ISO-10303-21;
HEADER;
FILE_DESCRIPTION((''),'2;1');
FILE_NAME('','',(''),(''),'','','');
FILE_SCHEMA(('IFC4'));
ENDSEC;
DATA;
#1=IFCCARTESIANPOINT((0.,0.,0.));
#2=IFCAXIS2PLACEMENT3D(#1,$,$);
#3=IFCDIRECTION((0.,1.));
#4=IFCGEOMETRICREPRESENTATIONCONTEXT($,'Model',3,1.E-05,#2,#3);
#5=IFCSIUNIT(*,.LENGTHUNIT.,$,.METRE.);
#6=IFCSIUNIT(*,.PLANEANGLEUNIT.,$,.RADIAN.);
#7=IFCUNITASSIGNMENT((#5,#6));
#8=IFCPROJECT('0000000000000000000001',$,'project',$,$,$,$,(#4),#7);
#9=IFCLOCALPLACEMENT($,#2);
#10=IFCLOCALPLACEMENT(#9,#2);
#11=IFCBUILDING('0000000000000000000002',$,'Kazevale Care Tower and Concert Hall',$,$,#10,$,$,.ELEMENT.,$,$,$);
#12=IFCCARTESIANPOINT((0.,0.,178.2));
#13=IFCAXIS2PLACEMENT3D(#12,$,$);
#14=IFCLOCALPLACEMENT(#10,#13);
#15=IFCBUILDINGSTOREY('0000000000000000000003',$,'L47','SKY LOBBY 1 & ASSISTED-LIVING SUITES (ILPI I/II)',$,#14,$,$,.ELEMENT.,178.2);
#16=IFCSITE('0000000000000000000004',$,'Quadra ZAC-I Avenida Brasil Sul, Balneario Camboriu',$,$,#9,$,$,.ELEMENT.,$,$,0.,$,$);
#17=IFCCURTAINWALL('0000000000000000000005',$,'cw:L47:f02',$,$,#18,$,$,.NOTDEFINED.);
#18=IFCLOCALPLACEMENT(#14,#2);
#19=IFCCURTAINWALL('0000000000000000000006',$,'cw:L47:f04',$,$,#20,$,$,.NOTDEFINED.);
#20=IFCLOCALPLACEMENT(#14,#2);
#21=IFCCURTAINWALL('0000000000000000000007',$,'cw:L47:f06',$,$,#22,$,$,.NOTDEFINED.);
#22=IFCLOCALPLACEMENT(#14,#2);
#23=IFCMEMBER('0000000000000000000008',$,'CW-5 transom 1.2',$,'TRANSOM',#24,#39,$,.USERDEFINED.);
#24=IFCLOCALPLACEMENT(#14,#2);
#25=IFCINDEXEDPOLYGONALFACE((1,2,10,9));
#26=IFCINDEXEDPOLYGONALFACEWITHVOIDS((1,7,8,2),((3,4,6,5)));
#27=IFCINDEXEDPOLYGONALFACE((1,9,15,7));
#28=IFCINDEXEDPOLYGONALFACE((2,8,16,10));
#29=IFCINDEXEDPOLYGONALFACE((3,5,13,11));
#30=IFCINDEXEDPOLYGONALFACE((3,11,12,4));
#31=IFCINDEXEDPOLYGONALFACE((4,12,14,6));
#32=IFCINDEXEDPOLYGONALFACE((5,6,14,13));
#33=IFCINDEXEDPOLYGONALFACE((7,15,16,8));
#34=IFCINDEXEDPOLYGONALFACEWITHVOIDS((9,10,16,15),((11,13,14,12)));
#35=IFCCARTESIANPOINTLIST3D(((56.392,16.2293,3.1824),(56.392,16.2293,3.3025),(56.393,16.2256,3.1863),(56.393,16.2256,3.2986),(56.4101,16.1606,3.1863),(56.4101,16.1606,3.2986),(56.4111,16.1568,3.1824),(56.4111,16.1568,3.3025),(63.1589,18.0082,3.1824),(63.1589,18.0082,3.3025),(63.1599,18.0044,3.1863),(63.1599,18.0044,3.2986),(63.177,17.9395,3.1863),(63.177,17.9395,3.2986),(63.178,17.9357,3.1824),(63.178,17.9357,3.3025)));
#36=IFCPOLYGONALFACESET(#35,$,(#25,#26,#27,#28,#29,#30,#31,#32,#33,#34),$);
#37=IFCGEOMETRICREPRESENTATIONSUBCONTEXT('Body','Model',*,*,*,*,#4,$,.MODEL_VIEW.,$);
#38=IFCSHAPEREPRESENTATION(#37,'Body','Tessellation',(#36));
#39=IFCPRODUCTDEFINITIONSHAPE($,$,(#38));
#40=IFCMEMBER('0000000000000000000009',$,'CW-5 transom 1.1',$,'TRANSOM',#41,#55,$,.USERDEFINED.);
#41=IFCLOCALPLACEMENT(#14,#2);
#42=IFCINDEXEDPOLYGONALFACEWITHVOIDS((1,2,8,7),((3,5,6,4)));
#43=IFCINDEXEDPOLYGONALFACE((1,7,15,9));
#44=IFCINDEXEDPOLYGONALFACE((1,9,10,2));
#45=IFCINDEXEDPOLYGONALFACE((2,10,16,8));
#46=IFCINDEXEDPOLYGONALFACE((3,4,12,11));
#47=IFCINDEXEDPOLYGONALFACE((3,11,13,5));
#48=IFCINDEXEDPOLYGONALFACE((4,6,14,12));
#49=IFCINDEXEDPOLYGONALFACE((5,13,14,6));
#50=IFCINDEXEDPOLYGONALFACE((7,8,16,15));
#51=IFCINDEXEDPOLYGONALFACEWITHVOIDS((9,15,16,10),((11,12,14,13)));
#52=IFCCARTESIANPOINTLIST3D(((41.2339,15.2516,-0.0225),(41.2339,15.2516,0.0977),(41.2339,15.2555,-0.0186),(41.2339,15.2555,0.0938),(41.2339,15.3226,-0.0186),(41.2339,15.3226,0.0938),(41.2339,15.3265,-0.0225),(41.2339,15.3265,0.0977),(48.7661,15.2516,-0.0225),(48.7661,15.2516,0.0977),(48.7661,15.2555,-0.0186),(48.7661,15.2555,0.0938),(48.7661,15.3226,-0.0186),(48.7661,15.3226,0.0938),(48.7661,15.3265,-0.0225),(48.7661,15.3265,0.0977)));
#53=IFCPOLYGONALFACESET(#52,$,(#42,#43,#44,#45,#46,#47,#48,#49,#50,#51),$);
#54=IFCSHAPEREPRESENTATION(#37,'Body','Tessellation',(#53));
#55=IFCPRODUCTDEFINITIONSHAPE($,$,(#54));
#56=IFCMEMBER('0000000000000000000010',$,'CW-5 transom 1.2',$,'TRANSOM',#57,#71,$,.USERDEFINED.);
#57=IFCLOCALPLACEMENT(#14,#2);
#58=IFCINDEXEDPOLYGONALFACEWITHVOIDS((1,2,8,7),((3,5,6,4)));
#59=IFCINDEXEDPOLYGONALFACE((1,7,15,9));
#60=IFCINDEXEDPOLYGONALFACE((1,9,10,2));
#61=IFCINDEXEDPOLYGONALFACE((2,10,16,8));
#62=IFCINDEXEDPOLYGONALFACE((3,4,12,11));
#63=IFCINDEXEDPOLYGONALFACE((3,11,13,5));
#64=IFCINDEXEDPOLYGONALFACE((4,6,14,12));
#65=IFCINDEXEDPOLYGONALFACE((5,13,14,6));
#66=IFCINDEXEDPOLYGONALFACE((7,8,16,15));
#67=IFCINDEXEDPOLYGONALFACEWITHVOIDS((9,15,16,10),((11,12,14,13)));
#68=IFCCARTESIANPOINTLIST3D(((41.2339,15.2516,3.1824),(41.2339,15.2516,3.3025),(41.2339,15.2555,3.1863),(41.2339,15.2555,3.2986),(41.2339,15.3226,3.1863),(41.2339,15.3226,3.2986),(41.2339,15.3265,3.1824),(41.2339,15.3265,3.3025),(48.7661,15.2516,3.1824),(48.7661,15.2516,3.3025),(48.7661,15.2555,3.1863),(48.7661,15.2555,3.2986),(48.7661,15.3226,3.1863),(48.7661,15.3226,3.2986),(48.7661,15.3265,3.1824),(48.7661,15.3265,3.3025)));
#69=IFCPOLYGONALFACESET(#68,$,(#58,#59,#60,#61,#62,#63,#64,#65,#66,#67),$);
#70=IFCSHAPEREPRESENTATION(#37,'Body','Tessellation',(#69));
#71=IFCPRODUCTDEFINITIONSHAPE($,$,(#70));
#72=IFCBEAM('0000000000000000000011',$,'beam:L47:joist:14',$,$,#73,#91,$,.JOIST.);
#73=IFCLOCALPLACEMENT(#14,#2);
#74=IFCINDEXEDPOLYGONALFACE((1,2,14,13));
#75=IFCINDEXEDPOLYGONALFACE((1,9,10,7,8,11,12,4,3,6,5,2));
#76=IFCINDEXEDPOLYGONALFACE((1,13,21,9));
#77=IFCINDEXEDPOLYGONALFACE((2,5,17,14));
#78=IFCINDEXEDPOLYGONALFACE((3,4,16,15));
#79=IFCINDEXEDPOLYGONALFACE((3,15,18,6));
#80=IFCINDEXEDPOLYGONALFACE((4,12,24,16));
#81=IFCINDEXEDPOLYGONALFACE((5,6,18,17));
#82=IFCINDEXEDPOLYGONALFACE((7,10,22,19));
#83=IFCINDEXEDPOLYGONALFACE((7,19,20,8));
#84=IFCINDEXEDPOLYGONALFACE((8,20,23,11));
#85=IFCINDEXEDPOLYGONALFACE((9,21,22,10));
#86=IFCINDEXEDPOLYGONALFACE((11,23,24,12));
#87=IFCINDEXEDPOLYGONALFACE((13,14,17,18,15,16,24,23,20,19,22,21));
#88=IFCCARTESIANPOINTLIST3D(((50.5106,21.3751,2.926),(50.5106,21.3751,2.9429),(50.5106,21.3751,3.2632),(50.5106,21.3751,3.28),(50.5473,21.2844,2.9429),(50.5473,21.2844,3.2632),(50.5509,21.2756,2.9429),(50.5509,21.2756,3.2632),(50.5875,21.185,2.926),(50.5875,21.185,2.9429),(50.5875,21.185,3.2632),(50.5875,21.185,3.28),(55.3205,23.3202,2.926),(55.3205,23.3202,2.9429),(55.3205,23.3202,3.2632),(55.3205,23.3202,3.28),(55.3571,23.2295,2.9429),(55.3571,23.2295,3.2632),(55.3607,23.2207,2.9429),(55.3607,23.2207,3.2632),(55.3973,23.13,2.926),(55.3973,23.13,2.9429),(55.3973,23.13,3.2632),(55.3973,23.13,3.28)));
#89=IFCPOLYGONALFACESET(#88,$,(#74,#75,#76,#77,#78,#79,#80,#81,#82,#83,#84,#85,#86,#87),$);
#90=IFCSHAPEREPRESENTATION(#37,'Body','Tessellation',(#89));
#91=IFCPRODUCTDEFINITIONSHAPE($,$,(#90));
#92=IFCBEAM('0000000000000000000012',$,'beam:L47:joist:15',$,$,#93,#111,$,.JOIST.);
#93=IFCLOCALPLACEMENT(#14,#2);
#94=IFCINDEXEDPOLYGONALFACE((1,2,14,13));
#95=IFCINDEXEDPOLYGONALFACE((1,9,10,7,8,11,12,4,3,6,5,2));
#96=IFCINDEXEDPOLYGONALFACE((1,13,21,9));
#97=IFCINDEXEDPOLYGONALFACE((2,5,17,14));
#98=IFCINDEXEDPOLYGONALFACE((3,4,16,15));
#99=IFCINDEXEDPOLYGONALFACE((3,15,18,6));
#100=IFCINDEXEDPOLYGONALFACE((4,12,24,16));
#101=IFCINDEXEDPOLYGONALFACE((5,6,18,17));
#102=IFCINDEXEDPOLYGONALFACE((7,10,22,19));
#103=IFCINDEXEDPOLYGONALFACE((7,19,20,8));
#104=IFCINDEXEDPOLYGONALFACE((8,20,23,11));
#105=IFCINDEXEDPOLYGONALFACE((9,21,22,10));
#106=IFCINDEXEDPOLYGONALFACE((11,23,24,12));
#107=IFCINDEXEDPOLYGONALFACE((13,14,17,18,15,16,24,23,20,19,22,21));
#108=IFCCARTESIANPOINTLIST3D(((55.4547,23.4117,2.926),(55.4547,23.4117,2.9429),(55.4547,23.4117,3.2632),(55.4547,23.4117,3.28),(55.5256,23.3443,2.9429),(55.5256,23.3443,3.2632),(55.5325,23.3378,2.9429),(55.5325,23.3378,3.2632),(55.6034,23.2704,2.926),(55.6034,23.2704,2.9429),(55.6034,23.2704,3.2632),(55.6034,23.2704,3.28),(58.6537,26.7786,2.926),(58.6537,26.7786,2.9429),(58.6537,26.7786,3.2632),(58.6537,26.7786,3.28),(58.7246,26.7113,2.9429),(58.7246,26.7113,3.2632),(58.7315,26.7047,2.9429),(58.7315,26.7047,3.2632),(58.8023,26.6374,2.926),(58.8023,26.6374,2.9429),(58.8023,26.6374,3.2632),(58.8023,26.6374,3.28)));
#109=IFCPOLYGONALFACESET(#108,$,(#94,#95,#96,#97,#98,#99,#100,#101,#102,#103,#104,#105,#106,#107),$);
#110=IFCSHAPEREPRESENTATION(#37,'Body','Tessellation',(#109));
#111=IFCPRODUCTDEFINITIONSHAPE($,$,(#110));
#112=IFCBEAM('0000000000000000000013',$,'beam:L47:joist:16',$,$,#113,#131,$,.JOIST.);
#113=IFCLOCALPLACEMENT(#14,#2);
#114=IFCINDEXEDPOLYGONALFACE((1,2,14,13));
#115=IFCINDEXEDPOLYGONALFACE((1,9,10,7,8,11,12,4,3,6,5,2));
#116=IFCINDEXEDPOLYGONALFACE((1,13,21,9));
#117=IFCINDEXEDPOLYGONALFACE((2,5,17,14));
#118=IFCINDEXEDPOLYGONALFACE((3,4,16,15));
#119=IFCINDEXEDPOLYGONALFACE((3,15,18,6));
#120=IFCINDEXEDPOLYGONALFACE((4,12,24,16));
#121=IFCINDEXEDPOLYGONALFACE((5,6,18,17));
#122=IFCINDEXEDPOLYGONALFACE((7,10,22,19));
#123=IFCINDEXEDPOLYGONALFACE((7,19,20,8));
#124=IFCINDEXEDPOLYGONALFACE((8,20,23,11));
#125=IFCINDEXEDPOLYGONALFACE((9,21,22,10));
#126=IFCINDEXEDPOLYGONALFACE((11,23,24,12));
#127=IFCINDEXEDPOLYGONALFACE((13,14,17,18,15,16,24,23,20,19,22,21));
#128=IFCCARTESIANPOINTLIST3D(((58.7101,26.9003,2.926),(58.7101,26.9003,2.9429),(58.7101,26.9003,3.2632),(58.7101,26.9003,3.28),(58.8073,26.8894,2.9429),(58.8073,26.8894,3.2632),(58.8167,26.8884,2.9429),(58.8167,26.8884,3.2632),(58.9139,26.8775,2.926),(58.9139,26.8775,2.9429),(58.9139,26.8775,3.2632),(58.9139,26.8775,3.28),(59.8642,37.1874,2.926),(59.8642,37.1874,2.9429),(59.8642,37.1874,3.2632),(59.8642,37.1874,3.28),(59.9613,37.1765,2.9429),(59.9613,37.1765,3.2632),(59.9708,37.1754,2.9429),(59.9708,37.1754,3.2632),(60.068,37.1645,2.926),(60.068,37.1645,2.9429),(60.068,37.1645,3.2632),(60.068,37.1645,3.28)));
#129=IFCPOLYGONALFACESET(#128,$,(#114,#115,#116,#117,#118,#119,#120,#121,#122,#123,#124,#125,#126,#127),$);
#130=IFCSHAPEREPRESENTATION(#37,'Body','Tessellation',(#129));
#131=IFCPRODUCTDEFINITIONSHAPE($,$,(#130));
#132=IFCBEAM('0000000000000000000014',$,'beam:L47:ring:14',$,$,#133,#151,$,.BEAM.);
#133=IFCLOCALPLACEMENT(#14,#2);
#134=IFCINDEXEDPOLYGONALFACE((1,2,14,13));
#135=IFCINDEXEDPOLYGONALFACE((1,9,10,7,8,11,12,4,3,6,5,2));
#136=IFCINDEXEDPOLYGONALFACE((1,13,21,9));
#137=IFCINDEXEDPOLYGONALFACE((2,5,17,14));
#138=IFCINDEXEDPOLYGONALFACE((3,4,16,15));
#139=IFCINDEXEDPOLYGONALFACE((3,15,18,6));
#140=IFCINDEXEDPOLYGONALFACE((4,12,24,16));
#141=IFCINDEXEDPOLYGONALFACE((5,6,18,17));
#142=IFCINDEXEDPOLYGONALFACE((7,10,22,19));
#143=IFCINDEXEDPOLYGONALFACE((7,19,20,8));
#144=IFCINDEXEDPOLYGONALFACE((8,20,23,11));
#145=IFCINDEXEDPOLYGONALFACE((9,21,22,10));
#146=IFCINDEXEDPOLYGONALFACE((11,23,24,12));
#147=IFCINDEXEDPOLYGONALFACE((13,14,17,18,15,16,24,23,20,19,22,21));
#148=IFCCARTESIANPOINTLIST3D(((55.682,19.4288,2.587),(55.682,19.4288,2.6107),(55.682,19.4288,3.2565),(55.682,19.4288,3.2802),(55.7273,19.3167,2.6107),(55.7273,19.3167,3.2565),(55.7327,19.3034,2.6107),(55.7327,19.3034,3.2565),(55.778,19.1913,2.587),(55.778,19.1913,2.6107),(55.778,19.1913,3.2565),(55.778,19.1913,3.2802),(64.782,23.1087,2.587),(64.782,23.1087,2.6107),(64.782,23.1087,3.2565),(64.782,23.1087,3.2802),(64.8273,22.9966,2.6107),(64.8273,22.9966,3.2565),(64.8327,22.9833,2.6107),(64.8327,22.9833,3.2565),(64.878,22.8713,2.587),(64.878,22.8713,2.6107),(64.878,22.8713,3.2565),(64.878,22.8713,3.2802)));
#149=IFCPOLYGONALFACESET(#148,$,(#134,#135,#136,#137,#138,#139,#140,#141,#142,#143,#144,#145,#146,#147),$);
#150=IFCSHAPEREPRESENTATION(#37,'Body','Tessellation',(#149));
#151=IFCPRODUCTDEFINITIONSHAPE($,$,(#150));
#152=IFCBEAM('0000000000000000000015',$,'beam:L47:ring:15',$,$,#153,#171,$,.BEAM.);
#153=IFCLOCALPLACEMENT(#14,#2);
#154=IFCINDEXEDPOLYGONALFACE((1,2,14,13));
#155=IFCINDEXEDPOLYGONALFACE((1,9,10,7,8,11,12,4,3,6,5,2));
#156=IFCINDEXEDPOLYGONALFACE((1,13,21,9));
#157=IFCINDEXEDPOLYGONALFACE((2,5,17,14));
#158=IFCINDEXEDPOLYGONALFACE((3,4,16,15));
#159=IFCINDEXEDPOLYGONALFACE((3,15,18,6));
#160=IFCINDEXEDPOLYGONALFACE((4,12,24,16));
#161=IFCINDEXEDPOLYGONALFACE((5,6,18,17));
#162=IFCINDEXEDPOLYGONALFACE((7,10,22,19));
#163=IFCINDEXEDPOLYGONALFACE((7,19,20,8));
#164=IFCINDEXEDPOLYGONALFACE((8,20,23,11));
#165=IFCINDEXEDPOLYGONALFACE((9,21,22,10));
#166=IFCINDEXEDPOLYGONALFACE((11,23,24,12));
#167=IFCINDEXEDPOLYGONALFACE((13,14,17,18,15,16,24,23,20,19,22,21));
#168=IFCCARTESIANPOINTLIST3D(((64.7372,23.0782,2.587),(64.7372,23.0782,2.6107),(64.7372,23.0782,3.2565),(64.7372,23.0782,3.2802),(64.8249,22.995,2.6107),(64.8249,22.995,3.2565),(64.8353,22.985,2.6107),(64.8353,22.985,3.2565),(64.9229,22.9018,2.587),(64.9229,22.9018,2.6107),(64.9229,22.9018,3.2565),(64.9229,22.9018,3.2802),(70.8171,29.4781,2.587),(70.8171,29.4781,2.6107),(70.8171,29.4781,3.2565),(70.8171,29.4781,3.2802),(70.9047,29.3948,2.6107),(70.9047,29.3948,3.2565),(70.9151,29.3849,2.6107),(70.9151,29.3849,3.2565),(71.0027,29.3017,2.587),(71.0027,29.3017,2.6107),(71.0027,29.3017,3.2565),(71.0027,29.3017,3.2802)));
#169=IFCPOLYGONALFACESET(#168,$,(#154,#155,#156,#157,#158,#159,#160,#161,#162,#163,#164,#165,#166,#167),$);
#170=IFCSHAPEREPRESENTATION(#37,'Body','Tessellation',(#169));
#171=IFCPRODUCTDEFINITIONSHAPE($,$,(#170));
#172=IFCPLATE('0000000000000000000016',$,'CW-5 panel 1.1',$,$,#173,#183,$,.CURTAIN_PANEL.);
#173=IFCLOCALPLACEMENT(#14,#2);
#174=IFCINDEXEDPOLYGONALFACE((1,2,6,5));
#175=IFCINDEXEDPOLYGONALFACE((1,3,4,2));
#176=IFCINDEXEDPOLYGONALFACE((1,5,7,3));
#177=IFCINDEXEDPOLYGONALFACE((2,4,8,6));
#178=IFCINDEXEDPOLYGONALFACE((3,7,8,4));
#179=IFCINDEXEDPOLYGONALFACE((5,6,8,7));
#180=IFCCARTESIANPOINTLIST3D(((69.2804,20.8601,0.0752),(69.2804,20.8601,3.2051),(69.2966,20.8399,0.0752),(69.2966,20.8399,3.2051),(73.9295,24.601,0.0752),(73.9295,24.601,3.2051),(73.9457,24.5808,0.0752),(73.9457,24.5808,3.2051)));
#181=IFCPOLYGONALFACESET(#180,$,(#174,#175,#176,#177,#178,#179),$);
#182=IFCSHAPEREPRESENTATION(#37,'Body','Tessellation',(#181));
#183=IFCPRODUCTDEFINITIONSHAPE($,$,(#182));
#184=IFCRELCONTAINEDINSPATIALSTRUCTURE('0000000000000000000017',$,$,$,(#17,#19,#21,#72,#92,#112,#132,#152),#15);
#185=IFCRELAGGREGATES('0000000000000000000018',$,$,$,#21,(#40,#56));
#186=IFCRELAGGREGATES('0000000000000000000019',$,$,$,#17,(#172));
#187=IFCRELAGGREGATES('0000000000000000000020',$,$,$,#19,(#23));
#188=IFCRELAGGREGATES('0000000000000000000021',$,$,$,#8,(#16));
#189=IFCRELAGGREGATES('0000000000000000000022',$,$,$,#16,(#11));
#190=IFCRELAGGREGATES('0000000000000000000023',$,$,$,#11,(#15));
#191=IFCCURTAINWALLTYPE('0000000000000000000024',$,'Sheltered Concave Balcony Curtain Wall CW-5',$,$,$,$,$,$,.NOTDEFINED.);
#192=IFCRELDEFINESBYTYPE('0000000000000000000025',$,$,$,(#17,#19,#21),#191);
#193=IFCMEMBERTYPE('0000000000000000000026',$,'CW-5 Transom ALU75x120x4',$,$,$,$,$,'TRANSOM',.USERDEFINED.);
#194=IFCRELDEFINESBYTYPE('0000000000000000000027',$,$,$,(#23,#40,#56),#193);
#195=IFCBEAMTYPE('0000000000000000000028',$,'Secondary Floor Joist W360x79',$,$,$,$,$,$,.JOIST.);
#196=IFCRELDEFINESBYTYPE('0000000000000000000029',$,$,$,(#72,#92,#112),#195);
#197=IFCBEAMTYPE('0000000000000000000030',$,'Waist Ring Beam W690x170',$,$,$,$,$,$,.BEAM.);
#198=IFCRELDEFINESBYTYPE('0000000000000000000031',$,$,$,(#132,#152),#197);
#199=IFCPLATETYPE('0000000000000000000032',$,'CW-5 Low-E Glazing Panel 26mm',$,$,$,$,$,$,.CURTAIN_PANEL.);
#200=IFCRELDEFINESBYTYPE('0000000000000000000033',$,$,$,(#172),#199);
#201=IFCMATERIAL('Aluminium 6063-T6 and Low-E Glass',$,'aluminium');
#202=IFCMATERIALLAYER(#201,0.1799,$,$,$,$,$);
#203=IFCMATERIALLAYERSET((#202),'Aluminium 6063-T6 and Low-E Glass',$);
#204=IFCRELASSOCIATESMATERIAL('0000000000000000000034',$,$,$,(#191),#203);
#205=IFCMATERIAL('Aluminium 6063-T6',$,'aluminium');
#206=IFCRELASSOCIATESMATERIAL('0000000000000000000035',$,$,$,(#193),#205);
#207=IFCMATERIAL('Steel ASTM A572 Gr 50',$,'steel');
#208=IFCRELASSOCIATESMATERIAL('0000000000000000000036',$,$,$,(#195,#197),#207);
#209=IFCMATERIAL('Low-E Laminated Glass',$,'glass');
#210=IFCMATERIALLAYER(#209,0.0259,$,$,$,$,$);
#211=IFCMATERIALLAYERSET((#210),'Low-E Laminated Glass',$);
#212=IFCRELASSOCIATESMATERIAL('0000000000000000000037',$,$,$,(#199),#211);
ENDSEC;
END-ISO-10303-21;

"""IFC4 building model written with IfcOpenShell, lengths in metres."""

from ifc_helpers import new_model, si_unit, direction, frame, origin, origin_2d, place, context, subcontext, project, spatial, rectangle, hollow_rectangle, i_section, extrude, material, layer, layer_set, material_profile, profile_set, type_object, element, aggregate, save


model = new_model("IFC4")

# Units and contexts
model_context = context("Model", 3, precision=1e-05, world=origin(), true_north=direction((0.0, 1.0)))
body_context = subcontext(model_context, "Body", "Model", "MODEL_VIEW")
ifc_project = project(units=[si_unit("LENGTHUNIT", "METRE"), si_unit("PLANEANGLEUNIT", "RADIAN")], contexts=[model_context])

# Site, building, storey
site_placement = place(None, origin())
site = spatial("IfcSite", under=ifc_project, at=site_placement, Name="Quadra ZAC-I Avenida Brasil Sul, Balneario Camboriu", CompositionType="ELEMENT", RefElevation=0.0)
building_placement = place(site_placement, origin())
building = spatial("IfcBuilding", under=site, at=building_placement, Name="Kazevale Care Tower and Concert Hall", CompositionType="ELEMENT")
storey_placement = place(building_placement, frame((0.0, 0.0, 178.2)))
storey = spatial("IfcBuildingStorey", under=building, at=storey_placement, Name="L47", Description="SKY LOBBY 1 & ASSISTED-LIVING SUITES (ILPI I/II)", CompositionType="ELEMENT", Elevation=178.2)

# Shared definitions
ifc_material_1 = material(Name="Aluminium 6063-T6 and Low-E Glass", Category="aluminium")
ifc_material_2 = material(Name="Aluminium 6063-T6", Category="aluminium")

# Curtain walls
ifc_layer_1 = layer(ifc_material_1, 0.1799)
ifc_layer_set_1 = layer_set([ifc_layer_1], Name="Aluminium 6063-T6 and Low-E Glass")
curtain_wall_type_1 = type_object("IfcCurtainWallType", Name="Sheltered Concave Balcony Curtain Wall CW-5", PredefinedType="NOTDEFINED", material=ifc_layer_set_1)
curtain_wall_1_placement = place(storey_placement, origin())
curtain_wall_1 = element("IfcCurtainWall", 1, at=curtain_wall_1_placement, inside=storey, type_object=curtain_wall_type_1, Name="cw:L47:f02", PredefinedType="NOTDEFINED")
curtain_wall_2_placement = place(storey_placement, origin())
curtain_wall_2 = element("IfcCurtainWall", 2, at=curtain_wall_2_placement, inside=storey, type_object=curtain_wall_type_1, Name="cw:L47:f04", PredefinedType="NOTDEFINED")

# Curtain wall
curtain_wall_3_placement = place(storey_placement, origin())
curtain_wall_3 = element("IfcCurtainWall", 3, at=curtain_wall_3_placement, inside=storey, type_object=curtain_wall_type_1, Name="cw:L47:f06", PredefinedType="NOTDEFINED")

# Members
ifc_material_profile_1 = material_profile(ifc_material_2, hollow_rectangle(XDim=0.075, YDim=0.1201, WallThickness=0.0039, at=origin_2d()), Name="ALU75x120x4")
ifc_profile_set_1 = profile_set([ifc_material_profile_1], Name="Aluminium 6063-T6")
member_type_1 = type_object("IfcMemberType", Name="CW-5 Transom ALU75x120x4", ElementType="TRANSOM", PredefinedType="USERDEFINED", material=ifc_profile_set_1)
member_1_placement = place(storey_placement, frame((63.1685, 17.9719, 3.2424), z_axis=(-0.967143, -0.254234, 0.0), x_axis=(0.254234, -0.967143, 0.0)))
member_1 = element("IfcMember", 4, at=member_1_placement, type_object=member_type_1, Name="CW-5 transom 1.2", ObjectType="TRANSOM", PredefinedType="USERDEFINED", context=body_context, shape_type="SweptSolid", body=[
    extrude(hollow_rectangle(XDim=0.075, YDim=0.1201, WallThickness=0.0039, at=origin_2d()), origin(), (0.0, 0.0, 1.0), 6.9968),
])
member_2_placement = place(storey_placement, frame((48.7661, 15.2891, 0.0376), z_axis=(-1.0, 0.0, 0.0), x_axis=(0.0, -1.0, 0.0)))
member_2 = element("IfcMember", 5, at=member_2_placement, type_object=member_type_1, Name="CW-5 transom 1.1", ObjectType="TRANSOM", PredefinedType="USERDEFINED", context=body_context, shape_type="SweptSolid", body=[
    extrude(hollow_rectangle(XDim=0.075, YDim=0.1201, WallThickness=0.0039, at=origin_2d()), origin(), (0.0, 0.0, 1.0), 7.5322),
])
member_3_placement = place(storey_placement, frame((48.7661, 15.2891, 3.2424), z_axis=(-1.0, 0.0, 0.0), x_axis=(0.0, -1.0, 0.0)))
member_3 = element("IfcMember", 6, at=member_3_placement, type_object=member_type_1, Name="CW-5 transom 1.2", ObjectType="TRANSOM", PredefinedType="USERDEFINED", context=body_context, shape_type="SweptSolid", body=[
    extrude(hollow_rectangle(XDim=0.075, YDim=0.1201, WallThickness=0.0039, at=origin_2d()), origin(), (0.0, 0.0, 1.0), 7.5322),
])
aggregate(curtain_wall_3, [member_2, member_3])

# Beams
ifc_material_3 = material(Name="Steel ASTM A572 Gr 50", Category="steel")
ifc_material_profile_2 = material_profile(ifc_material_3, i_section(OverallWidth=0.2051, OverallDepth=0.354, WebThickness=0.0095, FlangeThickness=0.0168, at=origin_2d()), Name="W360x79")
ifc_profile_set_2 = profile_set([ifc_material_profile_2], Name="Steel ASTM A572 Gr 50")
beam_type_1 = type_object("IfcBeamType", Name="Secondary Floor Joist W360x79", PredefinedType="JOIST", material=ifc_profile_set_2)
beam_1_placement = place(storey_placement, frame((50.5491, 21.28, 3.103), z_axis=(0.927065, 0.374901, 0.0), x_axis=(-0.374901, 0.927065, 0.0)))
element("IfcBeam", 7, at=beam_1_placement, inside=storey, type_object=beam_type_1, Name="beam:L47:joist:14", PredefinedType="JOIST", context=body_context, shape_type="SweptSolid", body=[
    extrude(i_section(OverallWidth=0.2051, OverallDepth=0.354, WebThickness=0.0095, FlangeThickness=0.0168, at=origin_2d()), origin(), (0.0, 0.0, 1.0), 5.1882),
])
beam_2_placement = place(storey_placement, frame((55.5291, 23.3411, 3.103), z_axis=(0.688792, 0.724959, 0.0), x_axis=(-0.724959, 0.688792, 0.0)))
element("IfcBeam", 8, at=beam_2_placement, inside=storey, type_object=beam_type_1, Name="beam:L47:joist:15", PredefinedType="JOIST", context=body_context, shape_type="SweptSolid", body=[
    extrude(i_section(OverallWidth=0.2051, OverallDepth=0.354, WebThickness=0.0095, FlangeThickness=0.0168, at=origin_2d()), origin(), (0.0, 0.0, 1.0), 4.6443),
])
beam_3_placement = place(storey_placement, frame((58.812, 26.8889, 3.103), z_axis=(0.111485, 0.993766, 0.0), x_axis=(-0.993766, 0.111485, 0.0)))
element("IfcBeam", 9, at=beam_3_placement, inside=storey, type_object=beam_type_1, Name="beam:L47:joist:16", PredefinedType="JOIST", context=body_context, shape_type="SweptSolid", body=[
    extrude(i_section(OverallWidth=0.2051, OverallDepth=0.354, WebThickness=0.0095, FlangeThickness=0.0168, at=origin_2d()), origin(), (0.0, 0.0, 1.0), 10.3516),
])
ifc_material_profile_3 = material_profile(ifc_material_3, i_section(OverallWidth=0.2561, OverallDepth=0.6931, WebThickness=0.0144, FlangeThickness=0.0237, at=origin_2d()), Name="W690x170")
ifc_profile_set_3 = profile_set([ifc_material_profile_3], Name="Steel ASTM A572 Gr 50")
beam_type_2 = type_object("IfcBeamType", Name="Waist Ring Beam W690x170", PredefinedType="BEAM", material=ifc_profile_set_3)
beam_4_placement = place(storey_placement, frame((55.73, 19.3101, 2.9336), z_axis=(0.927069, 0.374892, 0.0), x_axis=(-0.374892, 0.927069, 0.0)))
element("IfcBeam", 10, at=beam_4_placement, inside=storey, type_object=beam_type_2, Name="beam:L47:ring:14", PredefinedType="BEAM", context=body_context, shape_type="SweptSolid", body=[
    extrude(i_section(OverallWidth=0.2561, OverallDepth=0.6931, WebThickness=0.0144, FlangeThickness=0.0237, at=origin_2d()), origin(), (0.0, 0.0, 1.0), 9.8159),
])
beam_5_placement = place(storey_placement, frame((64.8301, 22.99, 2.9336), z_axis=(0.688745, 0.725004, 0.0), x_axis=(-0.725004, 0.688745, 0.0)))
element("IfcBeam", 11, at=beam_5_placement, inside=storey, type_object=beam_type_2, Name="beam:L47:ring:15", PredefinedType="BEAM", context=body_context, shape_type="SweptSolid", body=[
    extrude(i_section(OverallWidth=0.2561, OverallDepth=0.6931, WebThickness=0.0144, FlangeThickness=0.0237, at=origin_2d()), origin(), (0.0, 0.0, 1.0), 8.8274),
])

# Plate
ifc_material_4 = material(Name="Low-E Laminated Glass", Category="glass")
ifc_layer_2 = layer(ifc_material_4, 0.0259)
ifc_layer_set_2 = layer_set([ifc_layer_2], Name="Low-E Laminated Glass")
plate_type = type_object("IfcPlateType", Name="CW-5 Low-E Glazing Panel 26mm", PredefinedType="CURTAIN_PANEL", material=ifc_layer_set_2)
plate_1_placement = place(storey_placement, frame((71.613, 22.7205, 0.0752), z_axis=(0.0, 0.0, 1.0), x_axis=(-0.779095, -0.626905, 0.0)))
plate_1 = element("IfcPlate", 12, at=plate_1_placement, type_object=plate_type, Name="CW-5 panel 1.1", PredefinedType="CURTAIN_PANEL", context=body_context, shape_type="SweptSolid", body=[
    extrude(rectangle(XDim=5.9673, YDim=0.0259, at=origin_2d()), origin(), (0.0, 0.0, 1.0), 3.1299),
])
aggregate(curtain_wall_1, [plate_1])
aggregate(curtain_wall_2, [member_1])

save(model, "model.ifc")
